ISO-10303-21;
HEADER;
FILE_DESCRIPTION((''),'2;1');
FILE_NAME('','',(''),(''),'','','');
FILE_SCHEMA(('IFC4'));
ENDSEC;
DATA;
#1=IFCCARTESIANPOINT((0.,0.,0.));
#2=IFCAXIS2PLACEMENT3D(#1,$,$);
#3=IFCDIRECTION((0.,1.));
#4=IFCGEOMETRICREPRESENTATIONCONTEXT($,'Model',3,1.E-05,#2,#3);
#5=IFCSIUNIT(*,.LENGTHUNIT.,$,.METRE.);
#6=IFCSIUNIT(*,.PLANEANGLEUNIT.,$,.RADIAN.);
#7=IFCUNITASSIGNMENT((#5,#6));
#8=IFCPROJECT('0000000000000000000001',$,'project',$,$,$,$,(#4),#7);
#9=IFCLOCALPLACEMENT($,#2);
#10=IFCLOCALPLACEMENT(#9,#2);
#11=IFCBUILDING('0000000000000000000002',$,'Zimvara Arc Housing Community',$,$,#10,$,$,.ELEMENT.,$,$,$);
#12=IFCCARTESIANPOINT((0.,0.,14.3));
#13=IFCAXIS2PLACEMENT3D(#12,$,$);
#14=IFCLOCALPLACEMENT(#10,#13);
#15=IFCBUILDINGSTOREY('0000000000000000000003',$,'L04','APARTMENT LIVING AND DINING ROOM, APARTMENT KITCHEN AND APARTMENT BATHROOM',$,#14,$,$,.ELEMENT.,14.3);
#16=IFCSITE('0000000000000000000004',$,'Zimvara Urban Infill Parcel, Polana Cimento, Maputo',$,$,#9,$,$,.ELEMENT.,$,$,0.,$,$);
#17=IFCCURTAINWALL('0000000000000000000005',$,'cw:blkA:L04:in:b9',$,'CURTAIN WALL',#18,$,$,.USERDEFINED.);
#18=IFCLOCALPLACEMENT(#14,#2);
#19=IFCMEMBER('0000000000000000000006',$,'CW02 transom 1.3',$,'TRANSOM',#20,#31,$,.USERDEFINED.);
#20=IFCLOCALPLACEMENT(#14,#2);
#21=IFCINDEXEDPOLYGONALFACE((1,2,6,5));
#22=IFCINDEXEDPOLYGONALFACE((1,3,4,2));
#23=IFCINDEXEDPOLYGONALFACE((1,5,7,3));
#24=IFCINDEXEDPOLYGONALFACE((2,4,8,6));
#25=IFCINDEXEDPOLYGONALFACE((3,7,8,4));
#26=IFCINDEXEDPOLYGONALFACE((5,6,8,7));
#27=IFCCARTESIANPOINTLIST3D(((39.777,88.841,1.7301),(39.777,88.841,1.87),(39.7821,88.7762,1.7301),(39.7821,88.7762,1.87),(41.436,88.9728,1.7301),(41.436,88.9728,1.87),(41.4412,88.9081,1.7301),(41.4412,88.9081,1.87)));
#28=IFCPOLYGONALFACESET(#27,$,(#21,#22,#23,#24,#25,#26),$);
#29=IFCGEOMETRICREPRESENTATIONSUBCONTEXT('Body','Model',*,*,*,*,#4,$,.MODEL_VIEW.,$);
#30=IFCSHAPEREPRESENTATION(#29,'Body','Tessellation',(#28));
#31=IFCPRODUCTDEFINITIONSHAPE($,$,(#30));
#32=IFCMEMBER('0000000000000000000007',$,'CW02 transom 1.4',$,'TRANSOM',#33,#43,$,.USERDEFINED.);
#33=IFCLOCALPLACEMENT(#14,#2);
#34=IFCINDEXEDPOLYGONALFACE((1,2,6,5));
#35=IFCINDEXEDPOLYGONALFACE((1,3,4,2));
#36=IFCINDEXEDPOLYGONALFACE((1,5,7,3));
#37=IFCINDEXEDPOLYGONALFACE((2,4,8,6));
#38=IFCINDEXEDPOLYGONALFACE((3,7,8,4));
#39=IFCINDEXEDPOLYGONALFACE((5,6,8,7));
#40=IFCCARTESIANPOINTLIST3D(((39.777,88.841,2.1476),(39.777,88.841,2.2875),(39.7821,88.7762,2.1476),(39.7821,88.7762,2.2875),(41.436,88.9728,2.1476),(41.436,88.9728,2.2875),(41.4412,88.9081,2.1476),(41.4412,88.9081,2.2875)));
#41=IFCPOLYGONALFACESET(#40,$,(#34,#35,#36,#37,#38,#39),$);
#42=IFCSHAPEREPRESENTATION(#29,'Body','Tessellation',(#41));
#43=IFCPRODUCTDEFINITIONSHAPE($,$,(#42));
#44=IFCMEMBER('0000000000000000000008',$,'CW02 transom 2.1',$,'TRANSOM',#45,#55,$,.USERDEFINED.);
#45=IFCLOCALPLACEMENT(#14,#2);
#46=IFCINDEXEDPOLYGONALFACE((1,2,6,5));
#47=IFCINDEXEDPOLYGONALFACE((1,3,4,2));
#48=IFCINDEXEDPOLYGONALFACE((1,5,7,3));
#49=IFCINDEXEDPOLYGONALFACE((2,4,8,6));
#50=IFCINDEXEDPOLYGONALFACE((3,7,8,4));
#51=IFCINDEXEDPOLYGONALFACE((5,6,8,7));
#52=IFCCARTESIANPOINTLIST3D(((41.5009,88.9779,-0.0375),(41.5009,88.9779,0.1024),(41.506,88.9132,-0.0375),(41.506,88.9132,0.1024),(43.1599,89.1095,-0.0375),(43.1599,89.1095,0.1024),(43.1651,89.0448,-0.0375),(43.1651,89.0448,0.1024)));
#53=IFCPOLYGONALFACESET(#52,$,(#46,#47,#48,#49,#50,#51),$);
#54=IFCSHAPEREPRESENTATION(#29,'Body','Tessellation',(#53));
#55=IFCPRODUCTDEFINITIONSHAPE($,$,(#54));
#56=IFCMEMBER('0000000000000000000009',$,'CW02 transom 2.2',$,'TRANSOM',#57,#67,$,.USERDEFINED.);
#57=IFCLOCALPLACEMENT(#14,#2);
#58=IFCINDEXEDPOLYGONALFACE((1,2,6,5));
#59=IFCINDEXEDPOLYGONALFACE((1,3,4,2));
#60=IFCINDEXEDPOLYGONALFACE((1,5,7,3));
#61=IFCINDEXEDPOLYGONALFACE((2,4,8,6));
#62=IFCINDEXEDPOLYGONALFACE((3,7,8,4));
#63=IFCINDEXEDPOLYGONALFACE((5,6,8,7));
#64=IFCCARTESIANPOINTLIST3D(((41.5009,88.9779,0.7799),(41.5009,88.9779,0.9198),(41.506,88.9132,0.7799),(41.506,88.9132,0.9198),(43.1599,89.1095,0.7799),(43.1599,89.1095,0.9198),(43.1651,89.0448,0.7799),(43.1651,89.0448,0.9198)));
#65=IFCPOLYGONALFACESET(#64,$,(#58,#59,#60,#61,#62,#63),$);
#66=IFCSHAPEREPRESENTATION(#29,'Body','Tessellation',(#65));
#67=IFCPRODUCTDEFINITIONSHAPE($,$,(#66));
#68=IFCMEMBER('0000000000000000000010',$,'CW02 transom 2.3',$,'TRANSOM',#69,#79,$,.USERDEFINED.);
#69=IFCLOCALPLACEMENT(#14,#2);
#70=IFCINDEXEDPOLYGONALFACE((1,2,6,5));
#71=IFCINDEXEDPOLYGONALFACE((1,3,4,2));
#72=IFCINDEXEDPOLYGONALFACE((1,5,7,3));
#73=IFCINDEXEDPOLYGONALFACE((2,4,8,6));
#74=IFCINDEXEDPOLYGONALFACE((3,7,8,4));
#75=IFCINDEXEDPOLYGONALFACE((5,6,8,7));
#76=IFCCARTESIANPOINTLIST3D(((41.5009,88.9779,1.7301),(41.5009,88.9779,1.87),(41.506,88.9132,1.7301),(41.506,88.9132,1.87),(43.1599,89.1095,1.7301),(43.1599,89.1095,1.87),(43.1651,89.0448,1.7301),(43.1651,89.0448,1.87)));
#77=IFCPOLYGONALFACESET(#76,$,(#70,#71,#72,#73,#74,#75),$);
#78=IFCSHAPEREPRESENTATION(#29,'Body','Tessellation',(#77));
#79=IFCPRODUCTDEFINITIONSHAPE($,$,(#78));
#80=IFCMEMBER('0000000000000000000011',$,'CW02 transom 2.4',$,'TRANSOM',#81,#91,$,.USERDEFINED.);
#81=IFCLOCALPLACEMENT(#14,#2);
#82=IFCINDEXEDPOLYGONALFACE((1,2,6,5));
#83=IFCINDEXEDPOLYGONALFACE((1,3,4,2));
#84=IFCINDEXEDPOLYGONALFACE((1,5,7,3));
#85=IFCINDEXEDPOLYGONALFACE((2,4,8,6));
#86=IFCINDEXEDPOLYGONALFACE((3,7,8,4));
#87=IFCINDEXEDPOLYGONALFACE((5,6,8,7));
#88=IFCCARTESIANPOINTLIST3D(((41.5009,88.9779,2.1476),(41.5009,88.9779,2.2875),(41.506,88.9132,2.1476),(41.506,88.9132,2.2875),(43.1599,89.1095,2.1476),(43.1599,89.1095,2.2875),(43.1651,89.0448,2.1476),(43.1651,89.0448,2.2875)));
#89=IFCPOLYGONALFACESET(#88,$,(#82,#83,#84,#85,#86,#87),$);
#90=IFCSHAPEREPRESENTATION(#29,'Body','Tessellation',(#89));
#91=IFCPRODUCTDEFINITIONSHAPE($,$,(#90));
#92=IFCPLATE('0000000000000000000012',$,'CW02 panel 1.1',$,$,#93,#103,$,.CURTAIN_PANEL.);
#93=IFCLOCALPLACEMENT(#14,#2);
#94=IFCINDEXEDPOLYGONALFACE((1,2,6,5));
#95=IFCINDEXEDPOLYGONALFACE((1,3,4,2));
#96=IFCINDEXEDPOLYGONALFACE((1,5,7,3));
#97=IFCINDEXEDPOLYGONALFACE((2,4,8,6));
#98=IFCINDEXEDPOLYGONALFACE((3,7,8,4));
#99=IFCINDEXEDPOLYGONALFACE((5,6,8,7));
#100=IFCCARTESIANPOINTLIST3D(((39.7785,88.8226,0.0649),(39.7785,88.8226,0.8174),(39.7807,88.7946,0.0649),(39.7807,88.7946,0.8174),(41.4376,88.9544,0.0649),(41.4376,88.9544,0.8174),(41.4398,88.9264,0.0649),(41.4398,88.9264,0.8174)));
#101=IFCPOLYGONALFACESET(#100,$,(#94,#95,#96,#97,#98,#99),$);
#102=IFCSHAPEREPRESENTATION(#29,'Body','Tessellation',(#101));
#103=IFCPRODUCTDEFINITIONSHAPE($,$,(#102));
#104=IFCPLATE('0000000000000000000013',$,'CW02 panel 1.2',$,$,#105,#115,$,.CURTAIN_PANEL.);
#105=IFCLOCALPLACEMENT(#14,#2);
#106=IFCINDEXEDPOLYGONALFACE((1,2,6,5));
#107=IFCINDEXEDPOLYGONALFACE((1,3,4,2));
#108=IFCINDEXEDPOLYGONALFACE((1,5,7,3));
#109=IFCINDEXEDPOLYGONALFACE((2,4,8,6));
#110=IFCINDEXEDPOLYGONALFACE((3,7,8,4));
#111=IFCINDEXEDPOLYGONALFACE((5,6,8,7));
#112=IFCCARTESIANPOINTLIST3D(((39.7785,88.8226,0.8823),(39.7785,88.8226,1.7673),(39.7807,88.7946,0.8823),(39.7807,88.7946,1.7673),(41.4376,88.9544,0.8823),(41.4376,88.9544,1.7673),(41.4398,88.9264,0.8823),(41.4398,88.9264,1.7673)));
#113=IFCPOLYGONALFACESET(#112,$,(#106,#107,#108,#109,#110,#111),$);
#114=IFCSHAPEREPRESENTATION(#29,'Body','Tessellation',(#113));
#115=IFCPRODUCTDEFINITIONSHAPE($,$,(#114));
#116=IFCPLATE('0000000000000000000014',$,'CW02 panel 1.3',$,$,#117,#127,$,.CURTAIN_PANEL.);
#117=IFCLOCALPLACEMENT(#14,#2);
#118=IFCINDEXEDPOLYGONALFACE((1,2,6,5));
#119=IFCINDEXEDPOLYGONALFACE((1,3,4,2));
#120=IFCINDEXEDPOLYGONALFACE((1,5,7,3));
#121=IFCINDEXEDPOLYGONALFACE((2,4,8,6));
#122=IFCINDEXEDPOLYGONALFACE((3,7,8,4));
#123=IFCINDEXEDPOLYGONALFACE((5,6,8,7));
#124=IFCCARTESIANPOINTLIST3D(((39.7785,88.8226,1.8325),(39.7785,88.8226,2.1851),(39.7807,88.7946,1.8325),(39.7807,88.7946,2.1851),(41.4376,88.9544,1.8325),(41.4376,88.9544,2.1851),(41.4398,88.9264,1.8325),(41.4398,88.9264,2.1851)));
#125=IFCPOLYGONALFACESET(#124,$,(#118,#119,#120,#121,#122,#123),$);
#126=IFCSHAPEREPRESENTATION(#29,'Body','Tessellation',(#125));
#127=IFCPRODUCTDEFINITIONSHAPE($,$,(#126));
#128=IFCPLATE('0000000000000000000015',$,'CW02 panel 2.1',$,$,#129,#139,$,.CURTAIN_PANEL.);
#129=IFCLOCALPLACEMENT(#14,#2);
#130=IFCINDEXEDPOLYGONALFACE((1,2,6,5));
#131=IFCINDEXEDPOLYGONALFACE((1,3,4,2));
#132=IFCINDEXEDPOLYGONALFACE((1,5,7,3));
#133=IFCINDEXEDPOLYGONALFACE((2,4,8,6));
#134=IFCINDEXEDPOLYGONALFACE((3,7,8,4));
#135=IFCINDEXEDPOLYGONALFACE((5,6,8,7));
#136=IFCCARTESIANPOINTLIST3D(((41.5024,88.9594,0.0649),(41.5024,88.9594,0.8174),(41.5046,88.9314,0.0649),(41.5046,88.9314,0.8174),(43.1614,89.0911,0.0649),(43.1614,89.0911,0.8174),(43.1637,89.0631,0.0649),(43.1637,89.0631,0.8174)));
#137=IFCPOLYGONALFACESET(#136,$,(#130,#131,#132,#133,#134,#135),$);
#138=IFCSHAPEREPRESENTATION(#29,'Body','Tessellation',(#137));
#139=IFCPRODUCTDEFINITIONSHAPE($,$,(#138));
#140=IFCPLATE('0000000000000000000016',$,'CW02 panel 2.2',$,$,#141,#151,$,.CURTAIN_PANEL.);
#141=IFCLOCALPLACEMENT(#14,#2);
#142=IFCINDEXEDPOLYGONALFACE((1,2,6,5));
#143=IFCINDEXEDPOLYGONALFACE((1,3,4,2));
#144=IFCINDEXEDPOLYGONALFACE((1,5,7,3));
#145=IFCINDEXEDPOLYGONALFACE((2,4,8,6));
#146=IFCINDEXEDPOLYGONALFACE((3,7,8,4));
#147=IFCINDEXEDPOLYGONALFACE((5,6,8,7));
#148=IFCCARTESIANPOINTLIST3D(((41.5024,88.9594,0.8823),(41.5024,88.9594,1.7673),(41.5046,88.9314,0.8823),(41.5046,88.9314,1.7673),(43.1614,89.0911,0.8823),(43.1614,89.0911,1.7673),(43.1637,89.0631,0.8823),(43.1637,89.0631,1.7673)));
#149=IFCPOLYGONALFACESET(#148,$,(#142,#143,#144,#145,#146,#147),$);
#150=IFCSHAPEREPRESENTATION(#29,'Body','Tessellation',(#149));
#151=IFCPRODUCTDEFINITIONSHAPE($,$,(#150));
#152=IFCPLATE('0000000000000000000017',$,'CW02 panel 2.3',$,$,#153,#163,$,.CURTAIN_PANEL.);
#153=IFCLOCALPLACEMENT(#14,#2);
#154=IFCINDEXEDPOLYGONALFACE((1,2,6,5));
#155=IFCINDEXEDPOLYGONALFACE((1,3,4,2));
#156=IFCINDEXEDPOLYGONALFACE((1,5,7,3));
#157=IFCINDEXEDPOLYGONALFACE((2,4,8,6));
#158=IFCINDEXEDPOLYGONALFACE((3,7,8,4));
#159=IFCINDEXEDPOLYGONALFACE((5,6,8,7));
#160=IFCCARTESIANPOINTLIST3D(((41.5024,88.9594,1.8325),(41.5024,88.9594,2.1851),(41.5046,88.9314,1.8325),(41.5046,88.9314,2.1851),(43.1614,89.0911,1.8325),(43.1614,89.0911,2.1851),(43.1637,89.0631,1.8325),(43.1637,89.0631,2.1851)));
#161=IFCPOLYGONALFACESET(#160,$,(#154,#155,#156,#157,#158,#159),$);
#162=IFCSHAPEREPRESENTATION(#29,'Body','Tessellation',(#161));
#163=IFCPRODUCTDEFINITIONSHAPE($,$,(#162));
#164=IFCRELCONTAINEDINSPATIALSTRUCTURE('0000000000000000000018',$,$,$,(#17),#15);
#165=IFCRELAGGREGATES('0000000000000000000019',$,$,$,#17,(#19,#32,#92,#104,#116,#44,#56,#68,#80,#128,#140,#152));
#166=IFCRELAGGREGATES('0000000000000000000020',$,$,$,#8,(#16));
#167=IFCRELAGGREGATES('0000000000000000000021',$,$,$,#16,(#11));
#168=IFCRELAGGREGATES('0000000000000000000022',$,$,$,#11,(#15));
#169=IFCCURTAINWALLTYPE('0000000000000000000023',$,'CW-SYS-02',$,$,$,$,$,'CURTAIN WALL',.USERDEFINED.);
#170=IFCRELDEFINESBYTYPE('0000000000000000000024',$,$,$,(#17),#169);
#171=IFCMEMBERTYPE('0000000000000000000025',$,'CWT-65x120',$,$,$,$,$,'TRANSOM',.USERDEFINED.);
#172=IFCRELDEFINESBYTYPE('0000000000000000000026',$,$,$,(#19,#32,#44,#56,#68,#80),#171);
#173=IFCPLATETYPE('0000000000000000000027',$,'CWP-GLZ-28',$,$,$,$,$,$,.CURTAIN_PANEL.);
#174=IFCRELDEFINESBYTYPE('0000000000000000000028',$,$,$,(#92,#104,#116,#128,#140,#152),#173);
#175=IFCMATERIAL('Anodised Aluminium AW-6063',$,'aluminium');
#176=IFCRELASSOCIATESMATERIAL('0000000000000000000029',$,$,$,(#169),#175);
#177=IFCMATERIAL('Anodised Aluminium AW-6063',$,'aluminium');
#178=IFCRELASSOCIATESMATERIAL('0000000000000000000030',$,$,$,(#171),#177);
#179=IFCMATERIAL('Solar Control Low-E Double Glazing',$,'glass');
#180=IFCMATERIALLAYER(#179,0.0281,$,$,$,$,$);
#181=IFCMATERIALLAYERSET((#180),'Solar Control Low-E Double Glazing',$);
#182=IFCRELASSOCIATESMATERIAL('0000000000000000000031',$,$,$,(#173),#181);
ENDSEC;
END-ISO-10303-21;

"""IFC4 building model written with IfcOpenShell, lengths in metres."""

from ifc_helpers import new_model, si_unit, direction, frame, origin, origin_2d, place, context, subcontext, project, spatial, rectangle, extrude, material, layer, layer_set, material_profile, profile_set, type_object, element, aggregate, save


model = new_model("IFC4")

# Units and contexts
model_context = context("Model", 3, precision=1e-05, world=origin(), true_north=direction((0.0, 1.0)))
body_context = subcontext(model_context, "Body", "Model", "MODEL_VIEW")
ifc_project = project(units=[si_unit("LENGTHUNIT", "METRE"), si_unit("PLANEANGLEUNIT", "RADIAN")], contexts=[model_context])

# Site, building, storey
site_placement = place(None, origin())
site = spatial("IfcSite", under=ifc_project, at=site_placement, Name="Zimvara Urban Infill Parcel, Polana Cimento, Maputo", CompositionType="ELEMENT", RefElevation=0.0)
building_placement = place(site_placement, origin())
building = spatial("IfcBuilding", under=site, at=building_placement, Name="Zimvara Arc Housing Community", CompositionType="ELEMENT")
storey_placement = place(building_placement, frame((0.0, 0.0, 14.3)))
storey = spatial("IfcBuildingStorey", under=building, at=storey_placement, Name="L04", Description="APARTMENT LIVING AND DINING ROOM, APARTMENT KITCHEN AND APARTMENT BATHROOM", CompositionType="ELEMENT", Elevation=14.3)

# Curtain wall, members, plates
ifc_material_1 = material(Name="Anodised Aluminium AW-6063", Category="aluminium")
curtain_wall_type = type_object("IfcCurtainWallType", Name="CW-SYS-02", ElementType="CURTAIN WALL", PredefinedType="USERDEFINED", material=ifc_material_1)
curtain_wall_placement = place(storey_placement, origin())
curtain_wall = element("IfcCurtainWall", 1, at=curtain_wall_placement, inside=storey, type_object=curtain_wall_type, Name="cw:blkA:L04:in:b9", ObjectType="CURTAIN WALL", PredefinedType="USERDEFINED")
ifc_material_2 = material(Name="Anodised Aluminium AW-6063", Category="aluminium")
ifc_material_profile_1 = material_profile(ifc_material_2, rectangle(XDim=0.0649, YDim=0.1399, at=origin_2d()), Name="ALU 65x140")
ifc_profile_set_1 = profile_set([ifc_material_profile_1], Name="Anodised Aluminium AW-6063")
member_type_1 = type_object("IfcMemberType", Name="CWT-65x120", ElementType="TRANSOM", PredefinedType="USERDEFINED", material=ifc_profile_set_1)
member_1_placement = place(storey_placement, frame((39.7795, 88.8086, 1.8), z_axis=(0.996858, 0.079209, 0.0), x_axis=(-0.079209, 0.996858, 0.0)))
member_1 = element("IfcMember", 2, at=member_1_placement, type_object=member_type_1, Name="CW02 transom 1.3", ObjectType="TRANSOM", PredefinedType="USERDEFINED", context=body_context, shape_type="SweptSolid", body=[
    extrude(rectangle(XDim=0.0649, YDim=0.1399, at=origin_2d()), origin(), (0.0, 0.0, 1.0), 1.6643),
])
member_2_placement = place(storey_placement, frame((39.7795, 88.8086, 2.2175), z_axis=(0.996858, 0.079209, 0.0), x_axis=(-0.079209, 0.996858, 0.0)))
member_2 = element("IfcMember", 3, at=member_2_placement, type_object=member_type_1, Name="CW02 transom 1.4", ObjectType="TRANSOM", PredefinedType="USERDEFINED", context=body_context, shape_type="SweptSolid", body=[
    extrude(rectangle(XDim=0.0649, YDim=0.1399, at=origin_2d()), origin(), (0.0, 0.0, 1.0), 1.6643),
])
member_3_placement = place(storey_placement, frame((41.5034, 88.9456, 0.0325), z_axis=(0.99687, 0.079063, 0.0), x_axis=(-0.079063, 0.99687, 0.0)))
member_3 = element("IfcMember", 4, at=member_3_placement, type_object=member_type_1, Name="CW02 transom 2.1", ObjectType="TRANSOM", PredefinedType="USERDEFINED", context=body_context, shape_type="SweptSolid", body=[
    extrude(rectangle(XDim=0.0649, YDim=0.1399, at=origin_2d()), origin(), (0.0, 0.0, 1.0), 1.6643),
])
member_4_placement = place(storey_placement, frame((41.5034, 88.9456, 0.8499), z_axis=(0.99687, 0.079063, 0.0), x_axis=(-0.079063, 0.99687, 0.0)))
member_4 = element("IfcMember", 5, at=member_4_placement, type_object=member_type_1, Name="CW02 transom 2.2", ObjectType="TRANSOM", PredefinedType="USERDEFINED", context=body_context, shape_type="SweptSolid", body=[
    extrude(rectangle(XDim=0.0649, YDim=0.1399, at=origin_2d()), origin(), (0.0, 0.0, 1.0), 1.6643),
])
member_5_placement = place(storey_placement, frame((41.5034, 88.9456, 1.8), z_axis=(0.99687, 0.079063, 0.0), x_axis=(-0.079063, 0.99687, 0.0)))
member_5 = element("IfcMember", 6, at=member_5_placement, type_object=member_type_1, Name="CW02 transom 2.3", ObjectType="TRANSOM", PredefinedType="USERDEFINED", context=body_context, shape_type="SweptSolid", body=[
    extrude(rectangle(XDim=0.0649, YDim=0.1399, at=origin_2d()), origin(), (0.0, 0.0, 1.0), 1.6643),
])
member_6_placement = place(storey_placement, frame((41.5034, 88.9456, 2.2175), z_axis=(0.99687, 0.079063, 0.0), x_axis=(-0.079063, 0.99687, 0.0)))
member_6 = element("IfcMember", 7, at=member_6_placement, type_object=member_type_1, Name="CW02 transom 2.4", ObjectType="TRANSOM", PredefinedType="USERDEFINED", context=body_context, shape_type="SweptSolid", body=[
    extrude(rectangle(XDim=0.0649, YDim=0.1399, at=origin_2d()), origin(), (0.0, 0.0, 1.0), 1.6643),
])
ifc_material_3 = material(Name="Solar Control Low-E Double Glazing", Category="glass")
ifc_layer_1 = layer(ifc_material_3, 0.0281)
ifc_layer_set_1 = layer_set([ifc_layer_1], Name="Solar Control Low-E Double Glazing")
plate_type = type_object("IfcPlateType", Name="CWP-GLZ-28", PredefinedType="CURTAIN_PANEL", material=ifc_layer_set_1)
plate_1_placement = place(storey_placement, frame((40.6091, 88.8745, 0.0649), z_axis=(0.0, 0.0, 1.0), x_axis=(0.996862, 0.079155, 0.0)))
plate_1 = element("IfcPlate", 8, at=plate_1_placement, type_object=plate_type, Name="CW02 panel 1.1", PredefinedType="CURTAIN_PANEL", context=body_context, shape_type="SweptSolid", body=[
    extrude(rectangle(XDim=1.6643, YDim=0.0281, at=origin_2d()), origin(), (0.0, 0.0, 1.0), 0.7524),
])
plate_2_placement = place(storey_placement, frame((40.6091, 88.8745, 0.8823), z_axis=(0.0, 0.0, 1.0), x_axis=(0.996862, 0.079155, 0.0)))
plate_2 = element("IfcPlate", 9, at=plate_2_placement, type_object=plate_type, Name="CW02 panel 1.2", PredefinedType="CURTAIN_PANEL", context=body_context, shape_type="SweptSolid", body=[
    extrude(rectangle(XDim=1.6643, YDim=0.0281, at=origin_2d()), origin(), (0.0, 0.0, 1.0), 0.885),
])
plate_3_placement = place(storey_placement, frame((40.6091, 88.8745, 1.8325), z_axis=(0.0, 0.0, 1.0), x_axis=(0.996862, 0.079155, 0.0)))
plate_3 = element("IfcPlate", 10, at=plate_3_placement, type_object=plate_type, Name="CW02 panel 1.3", PredefinedType="CURTAIN_PANEL", context=body_context, shape_type="SweptSolid", body=[
    extrude(rectangle(XDim=1.6643, YDim=0.0281, at=origin_2d()), origin(), (0.0, 0.0, 1.0), 0.3525),
])
plate_4_placement = place(storey_placement, frame((42.333, 89.0112, 0.0649), z_axis=(0.0, 0.0, 1.0), x_axis=(0.996862, 0.079155, 0.0)))
plate_4 = element("IfcPlate", 11, at=plate_4_placement, type_object=plate_type, Name="CW02 panel 2.1", PredefinedType="CURTAIN_PANEL", context=body_context, shape_type="SweptSolid", body=[
    extrude(rectangle(XDim=1.6643, YDim=0.0281, at=origin_2d()), origin(), (0.0, 0.0, 1.0), 0.7524),
])
plate_5_placement = place(storey_placement, frame((42.333, 89.0112, 0.8823), z_axis=(0.0, 0.0, 1.0), x_axis=(0.996862, 0.079155, 0.0)))
plate_5 = element("IfcPlate", 12, at=plate_5_placement, type_object=plate_type, Name="CW02 panel 2.2", PredefinedType="CURTAIN_PANEL", context=body_context, shape_type="SweptSolid", body=[
    extrude(rectangle(XDim=1.6643, YDim=0.0281, at=origin_2d()), origin(), (0.0, 0.0, 1.0), 0.885),
])
plate_6_placement = place(storey_placement, frame((42.333, 89.0112, 1.8325), z_axis=(0.0, 0.0, 1.0), x_axis=(0.996862, 0.079155, 0.0)))
plate_6 = element("IfcPlate", 13, at=plate_6_placement, type_object=plate_type, Name="CW02 panel 2.3", PredefinedType="CURTAIN_PANEL", context=body_context, shape_type="SweptSolid", body=[
    extrude(rectangle(XDim=1.6643, YDim=0.0281, at=origin_2d()), origin(), (0.0, 0.0, 1.0), 0.3525),
])
aggregate(curtain_wall, [member_1, member_2, plate_1, plate_2, plate_3, member_3, member_4, member_5, member_6, plate_4, plate_5, plate_6])

save(model, "model.ifc")
